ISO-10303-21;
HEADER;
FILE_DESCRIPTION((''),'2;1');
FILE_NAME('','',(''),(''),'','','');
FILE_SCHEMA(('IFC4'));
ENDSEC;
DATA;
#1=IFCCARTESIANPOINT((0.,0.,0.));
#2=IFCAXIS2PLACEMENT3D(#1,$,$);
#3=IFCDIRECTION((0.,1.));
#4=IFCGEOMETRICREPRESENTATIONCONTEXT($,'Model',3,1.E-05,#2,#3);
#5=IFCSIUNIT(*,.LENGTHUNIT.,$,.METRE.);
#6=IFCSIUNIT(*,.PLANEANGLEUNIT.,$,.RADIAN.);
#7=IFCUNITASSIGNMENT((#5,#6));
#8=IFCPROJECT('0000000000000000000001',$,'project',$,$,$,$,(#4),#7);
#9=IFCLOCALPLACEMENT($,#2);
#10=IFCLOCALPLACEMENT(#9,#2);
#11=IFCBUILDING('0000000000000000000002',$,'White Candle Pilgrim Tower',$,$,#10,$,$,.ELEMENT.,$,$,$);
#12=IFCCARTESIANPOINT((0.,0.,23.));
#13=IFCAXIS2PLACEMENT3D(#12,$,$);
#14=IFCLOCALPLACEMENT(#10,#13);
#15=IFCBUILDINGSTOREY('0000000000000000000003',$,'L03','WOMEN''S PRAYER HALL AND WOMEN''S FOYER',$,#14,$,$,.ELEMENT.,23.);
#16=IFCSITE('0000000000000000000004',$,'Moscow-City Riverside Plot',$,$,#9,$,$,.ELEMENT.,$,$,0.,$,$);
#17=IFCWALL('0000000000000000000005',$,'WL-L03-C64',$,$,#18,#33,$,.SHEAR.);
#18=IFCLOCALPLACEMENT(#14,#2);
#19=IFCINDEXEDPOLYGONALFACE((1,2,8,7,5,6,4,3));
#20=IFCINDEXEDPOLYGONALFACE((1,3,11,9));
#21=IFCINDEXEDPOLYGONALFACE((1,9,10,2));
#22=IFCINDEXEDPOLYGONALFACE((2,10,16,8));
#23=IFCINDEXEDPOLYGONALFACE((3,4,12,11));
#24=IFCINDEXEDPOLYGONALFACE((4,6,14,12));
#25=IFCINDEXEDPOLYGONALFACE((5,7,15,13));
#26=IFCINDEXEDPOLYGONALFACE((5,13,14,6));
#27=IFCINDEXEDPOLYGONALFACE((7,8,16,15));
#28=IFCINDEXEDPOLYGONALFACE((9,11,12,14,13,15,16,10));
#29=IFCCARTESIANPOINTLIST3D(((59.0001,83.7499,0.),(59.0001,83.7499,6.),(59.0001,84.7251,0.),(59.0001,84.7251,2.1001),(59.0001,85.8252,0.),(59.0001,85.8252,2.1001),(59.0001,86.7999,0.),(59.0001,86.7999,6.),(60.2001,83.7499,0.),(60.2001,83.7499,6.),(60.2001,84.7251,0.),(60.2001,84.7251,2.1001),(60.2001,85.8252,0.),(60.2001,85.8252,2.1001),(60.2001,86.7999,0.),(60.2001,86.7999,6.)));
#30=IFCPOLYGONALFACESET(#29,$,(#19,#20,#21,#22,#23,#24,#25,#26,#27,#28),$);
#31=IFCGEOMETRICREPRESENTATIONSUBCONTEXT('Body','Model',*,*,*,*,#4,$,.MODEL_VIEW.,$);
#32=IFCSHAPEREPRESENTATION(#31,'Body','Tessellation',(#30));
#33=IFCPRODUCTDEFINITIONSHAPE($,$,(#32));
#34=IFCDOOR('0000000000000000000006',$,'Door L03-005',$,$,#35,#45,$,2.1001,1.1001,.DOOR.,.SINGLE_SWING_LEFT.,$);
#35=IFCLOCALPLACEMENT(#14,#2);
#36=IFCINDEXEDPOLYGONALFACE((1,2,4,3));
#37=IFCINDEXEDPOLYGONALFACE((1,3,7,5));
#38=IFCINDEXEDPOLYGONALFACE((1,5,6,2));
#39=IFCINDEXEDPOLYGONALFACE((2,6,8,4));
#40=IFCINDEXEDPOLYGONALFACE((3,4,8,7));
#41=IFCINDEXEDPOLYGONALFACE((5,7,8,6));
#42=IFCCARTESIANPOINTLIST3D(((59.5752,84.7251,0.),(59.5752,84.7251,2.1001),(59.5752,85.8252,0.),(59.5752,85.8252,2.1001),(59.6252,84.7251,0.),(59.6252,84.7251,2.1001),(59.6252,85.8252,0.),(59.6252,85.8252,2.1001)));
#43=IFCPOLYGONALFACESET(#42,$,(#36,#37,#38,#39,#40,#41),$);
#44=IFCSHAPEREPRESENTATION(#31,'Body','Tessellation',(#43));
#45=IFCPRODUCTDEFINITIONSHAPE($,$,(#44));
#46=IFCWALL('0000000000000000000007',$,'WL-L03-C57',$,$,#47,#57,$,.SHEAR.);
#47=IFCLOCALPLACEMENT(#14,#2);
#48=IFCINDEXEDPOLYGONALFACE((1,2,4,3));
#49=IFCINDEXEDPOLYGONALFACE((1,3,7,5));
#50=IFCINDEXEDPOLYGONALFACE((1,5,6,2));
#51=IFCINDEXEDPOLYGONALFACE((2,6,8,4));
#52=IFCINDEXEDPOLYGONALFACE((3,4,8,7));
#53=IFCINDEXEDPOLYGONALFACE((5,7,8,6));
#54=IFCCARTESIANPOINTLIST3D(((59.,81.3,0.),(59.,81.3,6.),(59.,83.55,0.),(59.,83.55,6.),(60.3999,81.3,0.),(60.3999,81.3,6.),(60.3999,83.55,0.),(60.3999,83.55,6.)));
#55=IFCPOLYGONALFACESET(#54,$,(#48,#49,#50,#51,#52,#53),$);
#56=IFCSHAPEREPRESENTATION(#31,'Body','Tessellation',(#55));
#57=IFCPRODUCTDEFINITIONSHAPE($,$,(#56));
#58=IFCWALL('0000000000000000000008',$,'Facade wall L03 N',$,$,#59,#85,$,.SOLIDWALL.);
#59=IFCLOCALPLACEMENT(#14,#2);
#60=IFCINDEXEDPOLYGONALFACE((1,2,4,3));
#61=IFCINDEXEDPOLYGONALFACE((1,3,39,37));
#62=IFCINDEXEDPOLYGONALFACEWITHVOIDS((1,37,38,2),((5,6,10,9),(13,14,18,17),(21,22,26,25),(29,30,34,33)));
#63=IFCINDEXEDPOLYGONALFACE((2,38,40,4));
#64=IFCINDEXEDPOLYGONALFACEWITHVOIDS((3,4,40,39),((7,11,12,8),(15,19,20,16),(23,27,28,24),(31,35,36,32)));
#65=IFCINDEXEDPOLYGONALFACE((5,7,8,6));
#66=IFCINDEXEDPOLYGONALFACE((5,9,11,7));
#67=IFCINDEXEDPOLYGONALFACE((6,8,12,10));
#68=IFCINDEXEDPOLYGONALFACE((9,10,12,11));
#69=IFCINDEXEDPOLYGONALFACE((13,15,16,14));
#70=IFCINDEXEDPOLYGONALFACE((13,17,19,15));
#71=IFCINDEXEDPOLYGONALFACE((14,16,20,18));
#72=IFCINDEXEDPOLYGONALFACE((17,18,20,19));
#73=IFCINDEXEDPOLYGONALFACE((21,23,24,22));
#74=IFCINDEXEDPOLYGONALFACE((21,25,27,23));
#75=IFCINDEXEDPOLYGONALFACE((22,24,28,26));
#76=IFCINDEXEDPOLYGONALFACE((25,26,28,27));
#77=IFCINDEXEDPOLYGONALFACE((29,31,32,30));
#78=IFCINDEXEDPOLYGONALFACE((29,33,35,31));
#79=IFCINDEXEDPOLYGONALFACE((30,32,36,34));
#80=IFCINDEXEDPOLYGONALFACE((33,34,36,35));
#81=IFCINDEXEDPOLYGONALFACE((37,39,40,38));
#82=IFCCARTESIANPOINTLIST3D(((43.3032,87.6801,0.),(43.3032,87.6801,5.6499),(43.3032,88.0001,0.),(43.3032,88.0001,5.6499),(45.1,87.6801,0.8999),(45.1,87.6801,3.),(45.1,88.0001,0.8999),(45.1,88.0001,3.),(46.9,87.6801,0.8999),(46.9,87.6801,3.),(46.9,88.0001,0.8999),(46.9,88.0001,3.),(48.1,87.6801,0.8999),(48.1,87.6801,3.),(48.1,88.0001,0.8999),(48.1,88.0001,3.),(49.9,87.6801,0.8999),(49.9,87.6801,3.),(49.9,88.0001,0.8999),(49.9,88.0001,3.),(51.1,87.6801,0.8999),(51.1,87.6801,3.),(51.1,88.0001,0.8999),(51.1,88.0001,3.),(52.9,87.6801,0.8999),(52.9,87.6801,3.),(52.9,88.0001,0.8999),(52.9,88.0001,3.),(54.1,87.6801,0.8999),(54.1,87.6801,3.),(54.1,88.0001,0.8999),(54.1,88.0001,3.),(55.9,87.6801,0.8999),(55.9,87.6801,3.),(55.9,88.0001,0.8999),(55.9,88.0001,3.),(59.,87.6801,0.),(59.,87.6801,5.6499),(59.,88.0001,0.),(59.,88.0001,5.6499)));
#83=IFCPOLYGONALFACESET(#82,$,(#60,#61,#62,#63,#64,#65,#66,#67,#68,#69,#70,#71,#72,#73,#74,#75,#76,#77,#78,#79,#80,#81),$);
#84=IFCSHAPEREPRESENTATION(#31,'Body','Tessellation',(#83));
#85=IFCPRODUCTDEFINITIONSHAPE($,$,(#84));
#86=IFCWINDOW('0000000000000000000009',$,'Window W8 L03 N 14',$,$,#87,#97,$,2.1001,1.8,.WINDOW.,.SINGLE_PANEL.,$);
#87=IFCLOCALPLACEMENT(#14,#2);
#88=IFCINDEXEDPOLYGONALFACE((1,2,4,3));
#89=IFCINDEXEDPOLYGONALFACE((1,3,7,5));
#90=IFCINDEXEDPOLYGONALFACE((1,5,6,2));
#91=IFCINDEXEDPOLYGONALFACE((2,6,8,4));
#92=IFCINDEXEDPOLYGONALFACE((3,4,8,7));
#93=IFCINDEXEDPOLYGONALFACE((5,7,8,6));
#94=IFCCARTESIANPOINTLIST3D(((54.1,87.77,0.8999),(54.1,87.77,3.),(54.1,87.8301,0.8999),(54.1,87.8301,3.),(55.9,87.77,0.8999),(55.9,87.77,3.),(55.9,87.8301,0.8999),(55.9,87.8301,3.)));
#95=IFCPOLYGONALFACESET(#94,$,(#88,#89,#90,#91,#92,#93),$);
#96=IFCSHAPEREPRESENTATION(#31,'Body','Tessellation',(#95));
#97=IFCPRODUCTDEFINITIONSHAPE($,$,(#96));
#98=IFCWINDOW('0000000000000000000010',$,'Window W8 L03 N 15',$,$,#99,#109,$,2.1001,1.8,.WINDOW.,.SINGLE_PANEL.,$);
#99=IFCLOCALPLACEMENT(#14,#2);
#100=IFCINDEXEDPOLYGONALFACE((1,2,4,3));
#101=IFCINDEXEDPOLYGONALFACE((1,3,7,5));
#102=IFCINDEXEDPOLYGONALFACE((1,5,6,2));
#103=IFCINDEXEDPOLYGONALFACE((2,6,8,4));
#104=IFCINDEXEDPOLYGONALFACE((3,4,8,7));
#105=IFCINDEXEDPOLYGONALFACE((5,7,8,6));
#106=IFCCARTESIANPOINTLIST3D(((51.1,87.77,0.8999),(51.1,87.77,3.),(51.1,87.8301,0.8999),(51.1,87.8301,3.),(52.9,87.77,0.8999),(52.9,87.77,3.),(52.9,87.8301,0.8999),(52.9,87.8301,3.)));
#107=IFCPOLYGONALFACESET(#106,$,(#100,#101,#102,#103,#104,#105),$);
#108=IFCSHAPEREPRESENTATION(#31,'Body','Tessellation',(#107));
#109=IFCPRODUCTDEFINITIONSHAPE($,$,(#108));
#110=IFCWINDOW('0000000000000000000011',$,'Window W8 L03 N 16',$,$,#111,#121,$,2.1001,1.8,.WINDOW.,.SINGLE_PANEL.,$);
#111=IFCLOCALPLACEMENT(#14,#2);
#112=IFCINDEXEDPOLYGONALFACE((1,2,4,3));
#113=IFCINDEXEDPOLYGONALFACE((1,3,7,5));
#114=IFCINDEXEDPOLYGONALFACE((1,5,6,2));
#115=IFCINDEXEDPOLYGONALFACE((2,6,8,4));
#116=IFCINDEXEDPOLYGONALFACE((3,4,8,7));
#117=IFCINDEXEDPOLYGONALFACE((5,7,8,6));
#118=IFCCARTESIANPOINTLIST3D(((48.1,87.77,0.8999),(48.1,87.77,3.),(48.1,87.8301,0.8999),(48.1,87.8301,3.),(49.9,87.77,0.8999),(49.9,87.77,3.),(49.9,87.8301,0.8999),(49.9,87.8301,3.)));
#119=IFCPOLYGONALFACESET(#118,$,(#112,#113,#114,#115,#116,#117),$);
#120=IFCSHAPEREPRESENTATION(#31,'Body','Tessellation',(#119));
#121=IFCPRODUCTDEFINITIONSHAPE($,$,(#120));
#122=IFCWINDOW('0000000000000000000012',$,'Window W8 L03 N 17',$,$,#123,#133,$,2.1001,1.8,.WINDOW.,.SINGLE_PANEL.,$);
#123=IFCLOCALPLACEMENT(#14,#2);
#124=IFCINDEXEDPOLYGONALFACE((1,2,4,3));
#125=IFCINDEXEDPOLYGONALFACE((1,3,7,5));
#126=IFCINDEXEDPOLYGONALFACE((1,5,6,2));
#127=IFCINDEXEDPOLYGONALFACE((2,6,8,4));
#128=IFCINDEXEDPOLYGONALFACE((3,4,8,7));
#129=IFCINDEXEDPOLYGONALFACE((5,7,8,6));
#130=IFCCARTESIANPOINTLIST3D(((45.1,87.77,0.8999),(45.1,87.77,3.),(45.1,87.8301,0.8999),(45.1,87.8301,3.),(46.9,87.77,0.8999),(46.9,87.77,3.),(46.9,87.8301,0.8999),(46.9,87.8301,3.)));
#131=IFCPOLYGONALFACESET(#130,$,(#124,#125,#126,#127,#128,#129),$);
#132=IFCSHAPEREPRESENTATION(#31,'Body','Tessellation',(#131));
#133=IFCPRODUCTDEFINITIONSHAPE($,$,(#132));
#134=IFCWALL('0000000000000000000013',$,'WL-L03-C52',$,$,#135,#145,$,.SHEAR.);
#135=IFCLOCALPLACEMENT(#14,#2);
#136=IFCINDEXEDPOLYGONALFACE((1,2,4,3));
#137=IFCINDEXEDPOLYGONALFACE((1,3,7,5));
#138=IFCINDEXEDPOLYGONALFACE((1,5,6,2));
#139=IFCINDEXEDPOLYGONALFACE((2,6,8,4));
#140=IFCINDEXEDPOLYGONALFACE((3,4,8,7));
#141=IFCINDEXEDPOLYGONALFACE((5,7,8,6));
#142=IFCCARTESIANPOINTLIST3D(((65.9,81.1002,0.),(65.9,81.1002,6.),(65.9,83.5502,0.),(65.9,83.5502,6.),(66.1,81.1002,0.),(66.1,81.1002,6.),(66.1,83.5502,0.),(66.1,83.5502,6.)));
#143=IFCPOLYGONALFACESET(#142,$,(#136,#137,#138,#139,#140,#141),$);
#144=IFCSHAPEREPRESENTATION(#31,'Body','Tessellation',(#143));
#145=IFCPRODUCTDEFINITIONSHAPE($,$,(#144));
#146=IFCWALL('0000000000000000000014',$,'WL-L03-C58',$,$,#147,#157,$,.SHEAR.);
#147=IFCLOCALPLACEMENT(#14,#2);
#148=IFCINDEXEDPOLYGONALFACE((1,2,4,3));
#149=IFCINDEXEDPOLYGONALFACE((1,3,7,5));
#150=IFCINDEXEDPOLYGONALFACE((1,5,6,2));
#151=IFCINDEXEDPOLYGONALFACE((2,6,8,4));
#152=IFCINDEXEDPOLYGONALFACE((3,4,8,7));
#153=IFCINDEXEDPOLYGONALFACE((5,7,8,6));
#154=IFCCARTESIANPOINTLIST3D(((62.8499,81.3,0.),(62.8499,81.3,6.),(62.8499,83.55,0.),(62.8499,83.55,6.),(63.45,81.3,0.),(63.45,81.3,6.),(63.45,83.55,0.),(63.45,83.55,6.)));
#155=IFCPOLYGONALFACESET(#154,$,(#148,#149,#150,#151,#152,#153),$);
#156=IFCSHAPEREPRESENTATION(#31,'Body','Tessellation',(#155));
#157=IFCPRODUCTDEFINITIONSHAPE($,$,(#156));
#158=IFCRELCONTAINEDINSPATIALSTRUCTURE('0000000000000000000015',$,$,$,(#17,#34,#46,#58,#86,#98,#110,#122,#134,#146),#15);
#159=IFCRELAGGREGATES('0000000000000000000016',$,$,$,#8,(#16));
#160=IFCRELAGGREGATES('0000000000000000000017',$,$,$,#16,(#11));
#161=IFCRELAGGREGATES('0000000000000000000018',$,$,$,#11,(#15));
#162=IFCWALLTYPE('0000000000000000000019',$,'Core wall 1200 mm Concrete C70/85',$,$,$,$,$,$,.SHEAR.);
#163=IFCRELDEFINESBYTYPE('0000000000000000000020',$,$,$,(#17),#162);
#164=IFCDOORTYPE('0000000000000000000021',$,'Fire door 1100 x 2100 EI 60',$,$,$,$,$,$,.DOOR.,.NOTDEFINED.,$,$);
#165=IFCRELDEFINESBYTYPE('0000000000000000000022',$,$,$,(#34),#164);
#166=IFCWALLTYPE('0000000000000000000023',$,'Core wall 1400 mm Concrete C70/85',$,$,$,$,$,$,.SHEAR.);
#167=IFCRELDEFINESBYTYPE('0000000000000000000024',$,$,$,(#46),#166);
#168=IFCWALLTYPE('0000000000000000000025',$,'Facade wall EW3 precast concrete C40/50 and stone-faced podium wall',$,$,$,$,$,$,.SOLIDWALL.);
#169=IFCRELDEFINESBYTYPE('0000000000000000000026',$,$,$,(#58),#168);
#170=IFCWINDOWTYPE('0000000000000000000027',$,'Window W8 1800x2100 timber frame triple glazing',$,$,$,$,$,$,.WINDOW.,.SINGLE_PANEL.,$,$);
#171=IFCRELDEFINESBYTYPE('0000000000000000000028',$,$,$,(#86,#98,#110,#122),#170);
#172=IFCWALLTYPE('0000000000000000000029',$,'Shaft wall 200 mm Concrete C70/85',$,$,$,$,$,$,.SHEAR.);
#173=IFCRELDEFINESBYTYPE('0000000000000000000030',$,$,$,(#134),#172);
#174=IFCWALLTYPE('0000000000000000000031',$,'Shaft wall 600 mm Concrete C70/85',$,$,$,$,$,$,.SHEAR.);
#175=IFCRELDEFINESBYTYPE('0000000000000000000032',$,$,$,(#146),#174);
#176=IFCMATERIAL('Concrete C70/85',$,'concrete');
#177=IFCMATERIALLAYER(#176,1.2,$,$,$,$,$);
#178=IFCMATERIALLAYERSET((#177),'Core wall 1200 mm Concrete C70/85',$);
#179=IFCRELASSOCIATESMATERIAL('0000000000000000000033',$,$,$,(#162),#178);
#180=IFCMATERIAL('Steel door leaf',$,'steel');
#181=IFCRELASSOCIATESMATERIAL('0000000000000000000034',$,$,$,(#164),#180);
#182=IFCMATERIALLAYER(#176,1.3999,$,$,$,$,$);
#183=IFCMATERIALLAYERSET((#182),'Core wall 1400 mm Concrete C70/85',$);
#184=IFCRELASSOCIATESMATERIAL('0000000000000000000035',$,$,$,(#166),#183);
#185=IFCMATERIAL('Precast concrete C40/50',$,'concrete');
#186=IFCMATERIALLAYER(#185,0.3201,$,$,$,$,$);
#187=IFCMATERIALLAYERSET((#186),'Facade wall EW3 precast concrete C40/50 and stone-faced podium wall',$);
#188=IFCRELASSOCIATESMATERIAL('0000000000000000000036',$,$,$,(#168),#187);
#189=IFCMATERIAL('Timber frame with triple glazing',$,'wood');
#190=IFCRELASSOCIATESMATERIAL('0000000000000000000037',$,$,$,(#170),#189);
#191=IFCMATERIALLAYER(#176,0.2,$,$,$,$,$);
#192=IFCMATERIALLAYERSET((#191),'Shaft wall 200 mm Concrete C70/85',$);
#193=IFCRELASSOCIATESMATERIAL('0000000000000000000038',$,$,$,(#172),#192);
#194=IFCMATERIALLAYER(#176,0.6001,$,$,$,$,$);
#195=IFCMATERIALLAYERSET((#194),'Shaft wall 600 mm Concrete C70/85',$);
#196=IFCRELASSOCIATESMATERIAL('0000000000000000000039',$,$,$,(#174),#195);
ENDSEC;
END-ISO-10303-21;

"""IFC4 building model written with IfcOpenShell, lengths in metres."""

from ifc_helpers import new_model, si_unit, direction, frame, frame_2d, origin, place, context, subcontext, project, spatial, rectangle, extrude, material, layer, layer_set, type_object, element, fill, save


model = new_model("IFC4")

# Units and contexts
model_context = context("Model", 3, precision=1e-05, world=origin(), true_north=direction((0.0, 1.0)))
body_context = subcontext(model_context, "Body", "Model", "MODEL_VIEW")
ifc_project = project(units=[si_unit("LENGTHUNIT", "METRE"), si_unit("PLANEANGLEUNIT", "RADIAN")], contexts=[model_context])

# Site, building, storey
site_placement = place(None, origin())
site = spatial("IfcSite", under=ifc_project, at=site_placement, Name="Moscow-City Riverside Plot", CompositionType="ELEMENT", RefElevation=0.0)
building_placement = place(site_placement, origin())
building = spatial("IfcBuilding", under=site, at=building_placement, Name="White Candle Pilgrim Tower", CompositionType="ELEMENT")
storey_placement = place(building_placement, frame((0.0, 0.0, 23.0)))
storey = spatial("IfcBuildingStorey", under=building, at=storey_placement, Name="L03", Description="WOMEN'S PRAYER HALL AND WOMEN'S FOYER", CompositionType="ELEMENT", Elevation=23.0)

# Wall, opening, door
ifc_material_1 = material(Name="Concrete C70/85", Category="concrete")
ifc_layer_1 = layer(ifc_material_1, 1.2)
ifc_layer_set_1 = layer_set([ifc_layer_1], Name="Core wall 1200 mm Concrete C70/85")
wall_type_1 = type_object("IfcWallType", Name="Core wall 1200 mm Concrete C70/85", PredefinedType="SHEAR", material=ifc_layer_set_1)
wall_1_placement = place(storey_placement, frame((59.6001, 83.75, 0.0), z_axis=(0.0, 0.0, 1.0), x_axis=(0.0, 1.0, 0.0)))
wall_1 = element("IfcWall", 1, at=wall_1_placement, inside=storey, type_object=wall_type_1, Name="WL-L03-C64", PredefinedType="SHEAR", context=body_context, shape_type="SweptSolid", body=[
    extrude(rectangle(XDim=3.05, YDim=1.2, at=frame_2d((1.5249, 0.0))), origin(), (0.0, 0.0, 1.0), 6.0),
])
opening_1_placement = place(wall_1_placement, frame((0.9751, 0.0, 0.0)))
opening_1 = element("IfcOpeningElement", 2, at=opening_1_placement, cuts=wall_1, PredefinedType="OPENING", context=body_context, shape_type="SweptSolid", body=[
    extrude(rectangle(XDim=1.1001, YDim=2.1001, at=frame_2d((0.55, 1.05))), frame((0.0, 0.6099, 0.0), z_axis=(0.0, -1.0, 0.0), x_axis=(1.0, 0.0, 0.0)), (0.0, 0.0, 1.0), 1.22),
])
ifc_material_2 = material(Name="Steel door leaf", Category="steel")
door_type_1 = type_object("IfcDoorType", Name="Fire door 1100 x 2100 EI 60", OperationType="NOTDEFINED", PredefinedType="DOOR", material=ifc_material_2)
door_1_placement = place(opening_1_placement, origin())
door_1 = element("IfcDoor", 3, at=door_1_placement, inside=storey, type_object=door_type_1, Name="Door L03-005", OperationType="SINGLE_SWING_LEFT", OverallHeight=2.1001, OverallWidth=1.1001, PredefinedType="DOOR", context=body_context, shape_type="SweptSolid", body=[
    extrude(rectangle(XDim=1.1001, YDim=2.1001, at=frame_2d((0.55, 1.05))), frame((0.0, 0.0249, 0.0), z_axis=(0.0, -1.0, 0.0), x_axis=(1.0, 0.0, 0.0)), (0.0, 0.0, 1.0), 0.05),
])
fill(opening_1, door_1)

# Wall
ifc_layer_2 = layer(ifc_material_1, 1.3999)
ifc_layer_set_2 = layer_set([ifc_layer_2], Name="Core wall 1400 mm Concrete C70/85")
wall_type_2 = type_object("IfcWallType", Name="Core wall 1400 mm Concrete C70/85", PredefinedType="SHEAR", material=ifc_layer_set_2)
wall_2_placement = place(storey_placement, frame((59.7, 81.3, 0.0), z_axis=(0.0, 0.0, 1.0), x_axis=(0.0, 1.0, 0.0)))
element("IfcWall", 4, at=wall_2_placement, inside=storey, type_object=wall_type_2, Name="WL-L03-C57", PredefinedType="SHEAR", context=body_context, shape_type="SweptSolid", body=[
    extrude(rectangle(XDim=2.25, YDim=1.3999, at=frame_2d((1.125, 0.0))), origin(), (0.0, 0.0, 1.0), 6.0),
])

# Wall, openings, windows
ifc_material_3 = material(Name="Precast concrete C40/50", Category="concrete")
ifc_layer_3 = layer(ifc_material_3, 0.3201)
ifc_layer_set_3 = layer_set([ifc_layer_3], Name="Facade wall EW3 precast concrete C40/50 and stone-faced podium wall")
wall_type_3 = type_object("IfcWallType", Name="Facade wall EW3 precast concrete C40/50 and stone-faced podium wall", PredefinedType="SOLIDWALL", material=ifc_layer_set_3)
wall_3_placement = place(storey_placement, frame((59.0, 87.8401, 0.0), z_axis=(0.0, 0.0, 1.0), x_axis=(-1.0, 0.0, 0.0)))
wall_3 = element("IfcWall", 5, at=wall_3_placement, inside=storey, type_object=wall_type_3, Name="Facade wall L03 N", PredefinedType="SOLIDWALL", context=body_context, shape_type="SweptSolid", body=[
    extrude(rectangle(XDim=15.6968, YDim=0.3201, at=frame_2d((7.8484, 0.0))), origin(), (0.0, 0.0, 1.0), 5.6499),
])
opening_2_placement = place(wall_3_placement, frame((3.1001, 0.0, 0.8999)))
opening_2 = element("IfcOpeningElement", 6, at=opening_2_placement, cuts=wall_3, PredefinedType="OPENING", context=body_context, shape_type="SweptSolid", body=[
    extrude(rectangle(XDim=1.8, YDim=2.1001, at=frame_2d((0.8999, 1.05))), frame((0.0, 0.1699, 0.0), z_axis=(0.0, -1.0, 0.0), x_axis=(1.0, 0.0, 0.0)), (0.0, 0.0, 1.0), 0.3401),
])
opening_3_placement = place(wall_3_placement, frame((6.1001, 0.0, 0.8999)))
opening_3 = element("IfcOpeningElement", 7, at=opening_3_placement, cuts=wall_3, PredefinedType="OPENING", context=body_context, shape_type="SweptSolid", body=[
    extrude(rectangle(XDim=1.8, YDim=2.1001, at=frame_2d((0.8999, 1.05))), frame((0.0, 0.1699, 0.0), z_axis=(0.0, -1.0, 0.0), x_axis=(1.0, 0.0, 0.0)), (0.0, 0.0, 1.0), 0.3401),
])
opening_4_placement = place(wall_3_placement, frame((9.1001, 0.0, 0.8999)))
opening_4 = element("IfcOpeningElement", 8, at=opening_4_placement, cuts=wall_3, PredefinedType="OPENING", context=body_context, shape_type="SweptSolid", body=[
    extrude(rectangle(XDim=1.8, YDim=2.1001, at=frame_2d((0.8999, 1.05))), frame((0.0, 0.1699, 0.0), z_axis=(0.0, -1.0, 0.0), x_axis=(1.0, 0.0, 0.0)), (0.0, 0.0, 1.0), 0.3401),
])
opening_5_placement = place(wall_3_placement, frame((12.1001, 0.0, 0.8999)))
opening_5 = element("IfcOpeningElement", 9, at=opening_5_placement, cuts=wall_3, PredefinedType="OPENING", context=body_context, shape_type="SweptSolid", body=[
    extrude(rectangle(XDim=1.8, YDim=2.1001, at=frame_2d((0.8999, 1.05))), frame((0.0, 0.1699, 0.0), z_axis=(0.0, -1.0, 0.0), x_axis=(1.0, 0.0, 0.0)), (0.0, 0.0, 1.0), 0.3401),
])
ifc_material_4 = material(Name="Timber frame with triple glazing", Category="wood")
window_type = type_object("IfcWindowType", Name="Window W8 1800x2100 timber frame triple glazing", PartitioningType="SINGLE_PANEL", PredefinedType="WINDOW", material=ifc_material_4)
window_1_placement = place(opening_2_placement, origin())
window_1 = element("IfcWindow", 10, at=window_1_placement, inside=storey, type_object=window_type, Name="Window W8 L03 N 14", OverallHeight=2.1001, OverallWidth=1.8, PartitioningType="SINGLE_PANEL", PredefinedType="WINDOW", context=body_context, shape_type="SweptSolid", body=[
    extrude(rectangle(XDim=1.8, YDim=2.1001, at=frame_2d((0.8999, 1.05))), frame((0.0, 0.0701, 0.0), z_axis=(0.0, -1.0, 0.0), x_axis=(1.0, 0.0, 0.0)), (0.0, 0.0, 1.0), 0.0601),
])
fill(opening_2, window_1)
window_2_placement = place(opening_3_placement, origin())
window_2 = element("IfcWindow", 11, at=window_2_placement, inside=storey, type_object=window_type, Name="Window W8 L03 N 15", OverallHeight=2.1001, OverallWidth=1.8, PartitioningType="SINGLE_PANEL", PredefinedType="WINDOW", context=body_context, shape_type="SweptSolid", body=[
    extrude(rectangle(XDim=1.8, YDim=2.1001, at=frame_2d((0.8999, 1.05))), frame((0.0, 0.0701, 0.0), z_axis=(0.0, -1.0, 0.0), x_axis=(1.0, 0.0, 0.0)), (0.0, 0.0, 1.0), 0.0601),
])
fill(opening_3, window_2)
window_3_placement = place(opening_4_placement, origin())
window_3 = element("IfcWindow", 12, at=window_3_placement, inside=storey, type_object=window_type, Name="Window W8 L03 N 16", OverallHeight=2.1001, OverallWidth=1.8, PartitioningType="SINGLE_PANEL", PredefinedType="WINDOW", context=body_context, shape_type="SweptSolid", body=[
    extrude(rectangle(XDim=1.8, YDim=2.1001, at=frame_2d((0.8999, 1.05))), frame((0.0, 0.0701, 0.0), z_axis=(0.0, -1.0, 0.0), x_axis=(1.0, 0.0, 0.0)), (0.0, 0.0, 1.0), 0.0601),
])
fill(opening_4, window_3)
window_4_placement = place(opening_5_placement, origin())
window_4 = element("IfcWindow", 13, at=window_4_placement, inside=storey, type_object=window_type, Name="Window W8 L03 N 17", OverallHeight=2.1001, OverallWidth=1.8, PartitioningType="SINGLE_PANEL", PredefinedType="WINDOW", context=body_context, shape_type="SweptSolid", body=[
    extrude(rectangle(XDim=1.8, YDim=2.1001, at=frame_2d((0.8999, 1.05))), frame((0.0, 0.0701, 0.0), z_axis=(0.0, -1.0, 0.0), x_axis=(1.0, 0.0, 0.0)), (0.0, 0.0, 1.0), 0.0601),
])
fill(opening_5, window_4)

# Walls
ifc_layer_4 = layer(ifc_material_1, 0.2)
ifc_layer_set_4 = layer_set([ifc_layer_4], Name="Shaft wall 200 mm Concrete C70/85")
wall_type_4 = type_object("IfcWallType", Name="Shaft wall 200 mm Concrete C70/85", PredefinedType="SHEAR", material=ifc_layer_set_4)
wall_4_placement = place(storey_placement, frame((66.0, 81.1001, 0.0), z_axis=(0.0, 0.0, 1.0), x_axis=(0.0, 1.0, 0.0)))
element("IfcWall", 14, at=wall_4_placement, inside=storey, type_object=wall_type_4, Name="WL-L03-C52", PredefinedType="SHEAR", context=body_context, shape_type="SweptSolid", body=[
    extrude(rectangle(XDim=2.45, YDim=0.2, at=frame_2d((1.2251, 0.0))), origin(), (0.0, 0.0, 1.0), 6.0),
])
ifc_layer_5 = layer(ifc_material_1, 0.6001)
ifc_layer_set_5 = layer_set([ifc_layer_5], Name="Shaft wall 600 mm Concrete C70/85")
wall_type_5 = type_object("IfcWallType", Name="Shaft wall 600 mm Concrete C70/85", PredefinedType="SHEAR", material=ifc_layer_set_5)
wall_5_placement = place(storey_placement, frame((63.1499, 81.3, 0.0), z_axis=(0.0, 0.0, 1.0), x_axis=(0.0, 1.0, 0.0)))
element("IfcWall", 15, at=wall_5_placement, inside=storey, type_object=wall_type_5, Name="WL-L03-C58", PredefinedType="SHEAR", context=body_context, shape_type="SweptSolid", body=[
    extrude(rectangle(XDim=2.25, YDim=0.6001, at=frame_2d((1.125, 0.0))), origin(), (0.0, 0.0, 1.0), 6.0),
])

save(model, "model.ifc")
